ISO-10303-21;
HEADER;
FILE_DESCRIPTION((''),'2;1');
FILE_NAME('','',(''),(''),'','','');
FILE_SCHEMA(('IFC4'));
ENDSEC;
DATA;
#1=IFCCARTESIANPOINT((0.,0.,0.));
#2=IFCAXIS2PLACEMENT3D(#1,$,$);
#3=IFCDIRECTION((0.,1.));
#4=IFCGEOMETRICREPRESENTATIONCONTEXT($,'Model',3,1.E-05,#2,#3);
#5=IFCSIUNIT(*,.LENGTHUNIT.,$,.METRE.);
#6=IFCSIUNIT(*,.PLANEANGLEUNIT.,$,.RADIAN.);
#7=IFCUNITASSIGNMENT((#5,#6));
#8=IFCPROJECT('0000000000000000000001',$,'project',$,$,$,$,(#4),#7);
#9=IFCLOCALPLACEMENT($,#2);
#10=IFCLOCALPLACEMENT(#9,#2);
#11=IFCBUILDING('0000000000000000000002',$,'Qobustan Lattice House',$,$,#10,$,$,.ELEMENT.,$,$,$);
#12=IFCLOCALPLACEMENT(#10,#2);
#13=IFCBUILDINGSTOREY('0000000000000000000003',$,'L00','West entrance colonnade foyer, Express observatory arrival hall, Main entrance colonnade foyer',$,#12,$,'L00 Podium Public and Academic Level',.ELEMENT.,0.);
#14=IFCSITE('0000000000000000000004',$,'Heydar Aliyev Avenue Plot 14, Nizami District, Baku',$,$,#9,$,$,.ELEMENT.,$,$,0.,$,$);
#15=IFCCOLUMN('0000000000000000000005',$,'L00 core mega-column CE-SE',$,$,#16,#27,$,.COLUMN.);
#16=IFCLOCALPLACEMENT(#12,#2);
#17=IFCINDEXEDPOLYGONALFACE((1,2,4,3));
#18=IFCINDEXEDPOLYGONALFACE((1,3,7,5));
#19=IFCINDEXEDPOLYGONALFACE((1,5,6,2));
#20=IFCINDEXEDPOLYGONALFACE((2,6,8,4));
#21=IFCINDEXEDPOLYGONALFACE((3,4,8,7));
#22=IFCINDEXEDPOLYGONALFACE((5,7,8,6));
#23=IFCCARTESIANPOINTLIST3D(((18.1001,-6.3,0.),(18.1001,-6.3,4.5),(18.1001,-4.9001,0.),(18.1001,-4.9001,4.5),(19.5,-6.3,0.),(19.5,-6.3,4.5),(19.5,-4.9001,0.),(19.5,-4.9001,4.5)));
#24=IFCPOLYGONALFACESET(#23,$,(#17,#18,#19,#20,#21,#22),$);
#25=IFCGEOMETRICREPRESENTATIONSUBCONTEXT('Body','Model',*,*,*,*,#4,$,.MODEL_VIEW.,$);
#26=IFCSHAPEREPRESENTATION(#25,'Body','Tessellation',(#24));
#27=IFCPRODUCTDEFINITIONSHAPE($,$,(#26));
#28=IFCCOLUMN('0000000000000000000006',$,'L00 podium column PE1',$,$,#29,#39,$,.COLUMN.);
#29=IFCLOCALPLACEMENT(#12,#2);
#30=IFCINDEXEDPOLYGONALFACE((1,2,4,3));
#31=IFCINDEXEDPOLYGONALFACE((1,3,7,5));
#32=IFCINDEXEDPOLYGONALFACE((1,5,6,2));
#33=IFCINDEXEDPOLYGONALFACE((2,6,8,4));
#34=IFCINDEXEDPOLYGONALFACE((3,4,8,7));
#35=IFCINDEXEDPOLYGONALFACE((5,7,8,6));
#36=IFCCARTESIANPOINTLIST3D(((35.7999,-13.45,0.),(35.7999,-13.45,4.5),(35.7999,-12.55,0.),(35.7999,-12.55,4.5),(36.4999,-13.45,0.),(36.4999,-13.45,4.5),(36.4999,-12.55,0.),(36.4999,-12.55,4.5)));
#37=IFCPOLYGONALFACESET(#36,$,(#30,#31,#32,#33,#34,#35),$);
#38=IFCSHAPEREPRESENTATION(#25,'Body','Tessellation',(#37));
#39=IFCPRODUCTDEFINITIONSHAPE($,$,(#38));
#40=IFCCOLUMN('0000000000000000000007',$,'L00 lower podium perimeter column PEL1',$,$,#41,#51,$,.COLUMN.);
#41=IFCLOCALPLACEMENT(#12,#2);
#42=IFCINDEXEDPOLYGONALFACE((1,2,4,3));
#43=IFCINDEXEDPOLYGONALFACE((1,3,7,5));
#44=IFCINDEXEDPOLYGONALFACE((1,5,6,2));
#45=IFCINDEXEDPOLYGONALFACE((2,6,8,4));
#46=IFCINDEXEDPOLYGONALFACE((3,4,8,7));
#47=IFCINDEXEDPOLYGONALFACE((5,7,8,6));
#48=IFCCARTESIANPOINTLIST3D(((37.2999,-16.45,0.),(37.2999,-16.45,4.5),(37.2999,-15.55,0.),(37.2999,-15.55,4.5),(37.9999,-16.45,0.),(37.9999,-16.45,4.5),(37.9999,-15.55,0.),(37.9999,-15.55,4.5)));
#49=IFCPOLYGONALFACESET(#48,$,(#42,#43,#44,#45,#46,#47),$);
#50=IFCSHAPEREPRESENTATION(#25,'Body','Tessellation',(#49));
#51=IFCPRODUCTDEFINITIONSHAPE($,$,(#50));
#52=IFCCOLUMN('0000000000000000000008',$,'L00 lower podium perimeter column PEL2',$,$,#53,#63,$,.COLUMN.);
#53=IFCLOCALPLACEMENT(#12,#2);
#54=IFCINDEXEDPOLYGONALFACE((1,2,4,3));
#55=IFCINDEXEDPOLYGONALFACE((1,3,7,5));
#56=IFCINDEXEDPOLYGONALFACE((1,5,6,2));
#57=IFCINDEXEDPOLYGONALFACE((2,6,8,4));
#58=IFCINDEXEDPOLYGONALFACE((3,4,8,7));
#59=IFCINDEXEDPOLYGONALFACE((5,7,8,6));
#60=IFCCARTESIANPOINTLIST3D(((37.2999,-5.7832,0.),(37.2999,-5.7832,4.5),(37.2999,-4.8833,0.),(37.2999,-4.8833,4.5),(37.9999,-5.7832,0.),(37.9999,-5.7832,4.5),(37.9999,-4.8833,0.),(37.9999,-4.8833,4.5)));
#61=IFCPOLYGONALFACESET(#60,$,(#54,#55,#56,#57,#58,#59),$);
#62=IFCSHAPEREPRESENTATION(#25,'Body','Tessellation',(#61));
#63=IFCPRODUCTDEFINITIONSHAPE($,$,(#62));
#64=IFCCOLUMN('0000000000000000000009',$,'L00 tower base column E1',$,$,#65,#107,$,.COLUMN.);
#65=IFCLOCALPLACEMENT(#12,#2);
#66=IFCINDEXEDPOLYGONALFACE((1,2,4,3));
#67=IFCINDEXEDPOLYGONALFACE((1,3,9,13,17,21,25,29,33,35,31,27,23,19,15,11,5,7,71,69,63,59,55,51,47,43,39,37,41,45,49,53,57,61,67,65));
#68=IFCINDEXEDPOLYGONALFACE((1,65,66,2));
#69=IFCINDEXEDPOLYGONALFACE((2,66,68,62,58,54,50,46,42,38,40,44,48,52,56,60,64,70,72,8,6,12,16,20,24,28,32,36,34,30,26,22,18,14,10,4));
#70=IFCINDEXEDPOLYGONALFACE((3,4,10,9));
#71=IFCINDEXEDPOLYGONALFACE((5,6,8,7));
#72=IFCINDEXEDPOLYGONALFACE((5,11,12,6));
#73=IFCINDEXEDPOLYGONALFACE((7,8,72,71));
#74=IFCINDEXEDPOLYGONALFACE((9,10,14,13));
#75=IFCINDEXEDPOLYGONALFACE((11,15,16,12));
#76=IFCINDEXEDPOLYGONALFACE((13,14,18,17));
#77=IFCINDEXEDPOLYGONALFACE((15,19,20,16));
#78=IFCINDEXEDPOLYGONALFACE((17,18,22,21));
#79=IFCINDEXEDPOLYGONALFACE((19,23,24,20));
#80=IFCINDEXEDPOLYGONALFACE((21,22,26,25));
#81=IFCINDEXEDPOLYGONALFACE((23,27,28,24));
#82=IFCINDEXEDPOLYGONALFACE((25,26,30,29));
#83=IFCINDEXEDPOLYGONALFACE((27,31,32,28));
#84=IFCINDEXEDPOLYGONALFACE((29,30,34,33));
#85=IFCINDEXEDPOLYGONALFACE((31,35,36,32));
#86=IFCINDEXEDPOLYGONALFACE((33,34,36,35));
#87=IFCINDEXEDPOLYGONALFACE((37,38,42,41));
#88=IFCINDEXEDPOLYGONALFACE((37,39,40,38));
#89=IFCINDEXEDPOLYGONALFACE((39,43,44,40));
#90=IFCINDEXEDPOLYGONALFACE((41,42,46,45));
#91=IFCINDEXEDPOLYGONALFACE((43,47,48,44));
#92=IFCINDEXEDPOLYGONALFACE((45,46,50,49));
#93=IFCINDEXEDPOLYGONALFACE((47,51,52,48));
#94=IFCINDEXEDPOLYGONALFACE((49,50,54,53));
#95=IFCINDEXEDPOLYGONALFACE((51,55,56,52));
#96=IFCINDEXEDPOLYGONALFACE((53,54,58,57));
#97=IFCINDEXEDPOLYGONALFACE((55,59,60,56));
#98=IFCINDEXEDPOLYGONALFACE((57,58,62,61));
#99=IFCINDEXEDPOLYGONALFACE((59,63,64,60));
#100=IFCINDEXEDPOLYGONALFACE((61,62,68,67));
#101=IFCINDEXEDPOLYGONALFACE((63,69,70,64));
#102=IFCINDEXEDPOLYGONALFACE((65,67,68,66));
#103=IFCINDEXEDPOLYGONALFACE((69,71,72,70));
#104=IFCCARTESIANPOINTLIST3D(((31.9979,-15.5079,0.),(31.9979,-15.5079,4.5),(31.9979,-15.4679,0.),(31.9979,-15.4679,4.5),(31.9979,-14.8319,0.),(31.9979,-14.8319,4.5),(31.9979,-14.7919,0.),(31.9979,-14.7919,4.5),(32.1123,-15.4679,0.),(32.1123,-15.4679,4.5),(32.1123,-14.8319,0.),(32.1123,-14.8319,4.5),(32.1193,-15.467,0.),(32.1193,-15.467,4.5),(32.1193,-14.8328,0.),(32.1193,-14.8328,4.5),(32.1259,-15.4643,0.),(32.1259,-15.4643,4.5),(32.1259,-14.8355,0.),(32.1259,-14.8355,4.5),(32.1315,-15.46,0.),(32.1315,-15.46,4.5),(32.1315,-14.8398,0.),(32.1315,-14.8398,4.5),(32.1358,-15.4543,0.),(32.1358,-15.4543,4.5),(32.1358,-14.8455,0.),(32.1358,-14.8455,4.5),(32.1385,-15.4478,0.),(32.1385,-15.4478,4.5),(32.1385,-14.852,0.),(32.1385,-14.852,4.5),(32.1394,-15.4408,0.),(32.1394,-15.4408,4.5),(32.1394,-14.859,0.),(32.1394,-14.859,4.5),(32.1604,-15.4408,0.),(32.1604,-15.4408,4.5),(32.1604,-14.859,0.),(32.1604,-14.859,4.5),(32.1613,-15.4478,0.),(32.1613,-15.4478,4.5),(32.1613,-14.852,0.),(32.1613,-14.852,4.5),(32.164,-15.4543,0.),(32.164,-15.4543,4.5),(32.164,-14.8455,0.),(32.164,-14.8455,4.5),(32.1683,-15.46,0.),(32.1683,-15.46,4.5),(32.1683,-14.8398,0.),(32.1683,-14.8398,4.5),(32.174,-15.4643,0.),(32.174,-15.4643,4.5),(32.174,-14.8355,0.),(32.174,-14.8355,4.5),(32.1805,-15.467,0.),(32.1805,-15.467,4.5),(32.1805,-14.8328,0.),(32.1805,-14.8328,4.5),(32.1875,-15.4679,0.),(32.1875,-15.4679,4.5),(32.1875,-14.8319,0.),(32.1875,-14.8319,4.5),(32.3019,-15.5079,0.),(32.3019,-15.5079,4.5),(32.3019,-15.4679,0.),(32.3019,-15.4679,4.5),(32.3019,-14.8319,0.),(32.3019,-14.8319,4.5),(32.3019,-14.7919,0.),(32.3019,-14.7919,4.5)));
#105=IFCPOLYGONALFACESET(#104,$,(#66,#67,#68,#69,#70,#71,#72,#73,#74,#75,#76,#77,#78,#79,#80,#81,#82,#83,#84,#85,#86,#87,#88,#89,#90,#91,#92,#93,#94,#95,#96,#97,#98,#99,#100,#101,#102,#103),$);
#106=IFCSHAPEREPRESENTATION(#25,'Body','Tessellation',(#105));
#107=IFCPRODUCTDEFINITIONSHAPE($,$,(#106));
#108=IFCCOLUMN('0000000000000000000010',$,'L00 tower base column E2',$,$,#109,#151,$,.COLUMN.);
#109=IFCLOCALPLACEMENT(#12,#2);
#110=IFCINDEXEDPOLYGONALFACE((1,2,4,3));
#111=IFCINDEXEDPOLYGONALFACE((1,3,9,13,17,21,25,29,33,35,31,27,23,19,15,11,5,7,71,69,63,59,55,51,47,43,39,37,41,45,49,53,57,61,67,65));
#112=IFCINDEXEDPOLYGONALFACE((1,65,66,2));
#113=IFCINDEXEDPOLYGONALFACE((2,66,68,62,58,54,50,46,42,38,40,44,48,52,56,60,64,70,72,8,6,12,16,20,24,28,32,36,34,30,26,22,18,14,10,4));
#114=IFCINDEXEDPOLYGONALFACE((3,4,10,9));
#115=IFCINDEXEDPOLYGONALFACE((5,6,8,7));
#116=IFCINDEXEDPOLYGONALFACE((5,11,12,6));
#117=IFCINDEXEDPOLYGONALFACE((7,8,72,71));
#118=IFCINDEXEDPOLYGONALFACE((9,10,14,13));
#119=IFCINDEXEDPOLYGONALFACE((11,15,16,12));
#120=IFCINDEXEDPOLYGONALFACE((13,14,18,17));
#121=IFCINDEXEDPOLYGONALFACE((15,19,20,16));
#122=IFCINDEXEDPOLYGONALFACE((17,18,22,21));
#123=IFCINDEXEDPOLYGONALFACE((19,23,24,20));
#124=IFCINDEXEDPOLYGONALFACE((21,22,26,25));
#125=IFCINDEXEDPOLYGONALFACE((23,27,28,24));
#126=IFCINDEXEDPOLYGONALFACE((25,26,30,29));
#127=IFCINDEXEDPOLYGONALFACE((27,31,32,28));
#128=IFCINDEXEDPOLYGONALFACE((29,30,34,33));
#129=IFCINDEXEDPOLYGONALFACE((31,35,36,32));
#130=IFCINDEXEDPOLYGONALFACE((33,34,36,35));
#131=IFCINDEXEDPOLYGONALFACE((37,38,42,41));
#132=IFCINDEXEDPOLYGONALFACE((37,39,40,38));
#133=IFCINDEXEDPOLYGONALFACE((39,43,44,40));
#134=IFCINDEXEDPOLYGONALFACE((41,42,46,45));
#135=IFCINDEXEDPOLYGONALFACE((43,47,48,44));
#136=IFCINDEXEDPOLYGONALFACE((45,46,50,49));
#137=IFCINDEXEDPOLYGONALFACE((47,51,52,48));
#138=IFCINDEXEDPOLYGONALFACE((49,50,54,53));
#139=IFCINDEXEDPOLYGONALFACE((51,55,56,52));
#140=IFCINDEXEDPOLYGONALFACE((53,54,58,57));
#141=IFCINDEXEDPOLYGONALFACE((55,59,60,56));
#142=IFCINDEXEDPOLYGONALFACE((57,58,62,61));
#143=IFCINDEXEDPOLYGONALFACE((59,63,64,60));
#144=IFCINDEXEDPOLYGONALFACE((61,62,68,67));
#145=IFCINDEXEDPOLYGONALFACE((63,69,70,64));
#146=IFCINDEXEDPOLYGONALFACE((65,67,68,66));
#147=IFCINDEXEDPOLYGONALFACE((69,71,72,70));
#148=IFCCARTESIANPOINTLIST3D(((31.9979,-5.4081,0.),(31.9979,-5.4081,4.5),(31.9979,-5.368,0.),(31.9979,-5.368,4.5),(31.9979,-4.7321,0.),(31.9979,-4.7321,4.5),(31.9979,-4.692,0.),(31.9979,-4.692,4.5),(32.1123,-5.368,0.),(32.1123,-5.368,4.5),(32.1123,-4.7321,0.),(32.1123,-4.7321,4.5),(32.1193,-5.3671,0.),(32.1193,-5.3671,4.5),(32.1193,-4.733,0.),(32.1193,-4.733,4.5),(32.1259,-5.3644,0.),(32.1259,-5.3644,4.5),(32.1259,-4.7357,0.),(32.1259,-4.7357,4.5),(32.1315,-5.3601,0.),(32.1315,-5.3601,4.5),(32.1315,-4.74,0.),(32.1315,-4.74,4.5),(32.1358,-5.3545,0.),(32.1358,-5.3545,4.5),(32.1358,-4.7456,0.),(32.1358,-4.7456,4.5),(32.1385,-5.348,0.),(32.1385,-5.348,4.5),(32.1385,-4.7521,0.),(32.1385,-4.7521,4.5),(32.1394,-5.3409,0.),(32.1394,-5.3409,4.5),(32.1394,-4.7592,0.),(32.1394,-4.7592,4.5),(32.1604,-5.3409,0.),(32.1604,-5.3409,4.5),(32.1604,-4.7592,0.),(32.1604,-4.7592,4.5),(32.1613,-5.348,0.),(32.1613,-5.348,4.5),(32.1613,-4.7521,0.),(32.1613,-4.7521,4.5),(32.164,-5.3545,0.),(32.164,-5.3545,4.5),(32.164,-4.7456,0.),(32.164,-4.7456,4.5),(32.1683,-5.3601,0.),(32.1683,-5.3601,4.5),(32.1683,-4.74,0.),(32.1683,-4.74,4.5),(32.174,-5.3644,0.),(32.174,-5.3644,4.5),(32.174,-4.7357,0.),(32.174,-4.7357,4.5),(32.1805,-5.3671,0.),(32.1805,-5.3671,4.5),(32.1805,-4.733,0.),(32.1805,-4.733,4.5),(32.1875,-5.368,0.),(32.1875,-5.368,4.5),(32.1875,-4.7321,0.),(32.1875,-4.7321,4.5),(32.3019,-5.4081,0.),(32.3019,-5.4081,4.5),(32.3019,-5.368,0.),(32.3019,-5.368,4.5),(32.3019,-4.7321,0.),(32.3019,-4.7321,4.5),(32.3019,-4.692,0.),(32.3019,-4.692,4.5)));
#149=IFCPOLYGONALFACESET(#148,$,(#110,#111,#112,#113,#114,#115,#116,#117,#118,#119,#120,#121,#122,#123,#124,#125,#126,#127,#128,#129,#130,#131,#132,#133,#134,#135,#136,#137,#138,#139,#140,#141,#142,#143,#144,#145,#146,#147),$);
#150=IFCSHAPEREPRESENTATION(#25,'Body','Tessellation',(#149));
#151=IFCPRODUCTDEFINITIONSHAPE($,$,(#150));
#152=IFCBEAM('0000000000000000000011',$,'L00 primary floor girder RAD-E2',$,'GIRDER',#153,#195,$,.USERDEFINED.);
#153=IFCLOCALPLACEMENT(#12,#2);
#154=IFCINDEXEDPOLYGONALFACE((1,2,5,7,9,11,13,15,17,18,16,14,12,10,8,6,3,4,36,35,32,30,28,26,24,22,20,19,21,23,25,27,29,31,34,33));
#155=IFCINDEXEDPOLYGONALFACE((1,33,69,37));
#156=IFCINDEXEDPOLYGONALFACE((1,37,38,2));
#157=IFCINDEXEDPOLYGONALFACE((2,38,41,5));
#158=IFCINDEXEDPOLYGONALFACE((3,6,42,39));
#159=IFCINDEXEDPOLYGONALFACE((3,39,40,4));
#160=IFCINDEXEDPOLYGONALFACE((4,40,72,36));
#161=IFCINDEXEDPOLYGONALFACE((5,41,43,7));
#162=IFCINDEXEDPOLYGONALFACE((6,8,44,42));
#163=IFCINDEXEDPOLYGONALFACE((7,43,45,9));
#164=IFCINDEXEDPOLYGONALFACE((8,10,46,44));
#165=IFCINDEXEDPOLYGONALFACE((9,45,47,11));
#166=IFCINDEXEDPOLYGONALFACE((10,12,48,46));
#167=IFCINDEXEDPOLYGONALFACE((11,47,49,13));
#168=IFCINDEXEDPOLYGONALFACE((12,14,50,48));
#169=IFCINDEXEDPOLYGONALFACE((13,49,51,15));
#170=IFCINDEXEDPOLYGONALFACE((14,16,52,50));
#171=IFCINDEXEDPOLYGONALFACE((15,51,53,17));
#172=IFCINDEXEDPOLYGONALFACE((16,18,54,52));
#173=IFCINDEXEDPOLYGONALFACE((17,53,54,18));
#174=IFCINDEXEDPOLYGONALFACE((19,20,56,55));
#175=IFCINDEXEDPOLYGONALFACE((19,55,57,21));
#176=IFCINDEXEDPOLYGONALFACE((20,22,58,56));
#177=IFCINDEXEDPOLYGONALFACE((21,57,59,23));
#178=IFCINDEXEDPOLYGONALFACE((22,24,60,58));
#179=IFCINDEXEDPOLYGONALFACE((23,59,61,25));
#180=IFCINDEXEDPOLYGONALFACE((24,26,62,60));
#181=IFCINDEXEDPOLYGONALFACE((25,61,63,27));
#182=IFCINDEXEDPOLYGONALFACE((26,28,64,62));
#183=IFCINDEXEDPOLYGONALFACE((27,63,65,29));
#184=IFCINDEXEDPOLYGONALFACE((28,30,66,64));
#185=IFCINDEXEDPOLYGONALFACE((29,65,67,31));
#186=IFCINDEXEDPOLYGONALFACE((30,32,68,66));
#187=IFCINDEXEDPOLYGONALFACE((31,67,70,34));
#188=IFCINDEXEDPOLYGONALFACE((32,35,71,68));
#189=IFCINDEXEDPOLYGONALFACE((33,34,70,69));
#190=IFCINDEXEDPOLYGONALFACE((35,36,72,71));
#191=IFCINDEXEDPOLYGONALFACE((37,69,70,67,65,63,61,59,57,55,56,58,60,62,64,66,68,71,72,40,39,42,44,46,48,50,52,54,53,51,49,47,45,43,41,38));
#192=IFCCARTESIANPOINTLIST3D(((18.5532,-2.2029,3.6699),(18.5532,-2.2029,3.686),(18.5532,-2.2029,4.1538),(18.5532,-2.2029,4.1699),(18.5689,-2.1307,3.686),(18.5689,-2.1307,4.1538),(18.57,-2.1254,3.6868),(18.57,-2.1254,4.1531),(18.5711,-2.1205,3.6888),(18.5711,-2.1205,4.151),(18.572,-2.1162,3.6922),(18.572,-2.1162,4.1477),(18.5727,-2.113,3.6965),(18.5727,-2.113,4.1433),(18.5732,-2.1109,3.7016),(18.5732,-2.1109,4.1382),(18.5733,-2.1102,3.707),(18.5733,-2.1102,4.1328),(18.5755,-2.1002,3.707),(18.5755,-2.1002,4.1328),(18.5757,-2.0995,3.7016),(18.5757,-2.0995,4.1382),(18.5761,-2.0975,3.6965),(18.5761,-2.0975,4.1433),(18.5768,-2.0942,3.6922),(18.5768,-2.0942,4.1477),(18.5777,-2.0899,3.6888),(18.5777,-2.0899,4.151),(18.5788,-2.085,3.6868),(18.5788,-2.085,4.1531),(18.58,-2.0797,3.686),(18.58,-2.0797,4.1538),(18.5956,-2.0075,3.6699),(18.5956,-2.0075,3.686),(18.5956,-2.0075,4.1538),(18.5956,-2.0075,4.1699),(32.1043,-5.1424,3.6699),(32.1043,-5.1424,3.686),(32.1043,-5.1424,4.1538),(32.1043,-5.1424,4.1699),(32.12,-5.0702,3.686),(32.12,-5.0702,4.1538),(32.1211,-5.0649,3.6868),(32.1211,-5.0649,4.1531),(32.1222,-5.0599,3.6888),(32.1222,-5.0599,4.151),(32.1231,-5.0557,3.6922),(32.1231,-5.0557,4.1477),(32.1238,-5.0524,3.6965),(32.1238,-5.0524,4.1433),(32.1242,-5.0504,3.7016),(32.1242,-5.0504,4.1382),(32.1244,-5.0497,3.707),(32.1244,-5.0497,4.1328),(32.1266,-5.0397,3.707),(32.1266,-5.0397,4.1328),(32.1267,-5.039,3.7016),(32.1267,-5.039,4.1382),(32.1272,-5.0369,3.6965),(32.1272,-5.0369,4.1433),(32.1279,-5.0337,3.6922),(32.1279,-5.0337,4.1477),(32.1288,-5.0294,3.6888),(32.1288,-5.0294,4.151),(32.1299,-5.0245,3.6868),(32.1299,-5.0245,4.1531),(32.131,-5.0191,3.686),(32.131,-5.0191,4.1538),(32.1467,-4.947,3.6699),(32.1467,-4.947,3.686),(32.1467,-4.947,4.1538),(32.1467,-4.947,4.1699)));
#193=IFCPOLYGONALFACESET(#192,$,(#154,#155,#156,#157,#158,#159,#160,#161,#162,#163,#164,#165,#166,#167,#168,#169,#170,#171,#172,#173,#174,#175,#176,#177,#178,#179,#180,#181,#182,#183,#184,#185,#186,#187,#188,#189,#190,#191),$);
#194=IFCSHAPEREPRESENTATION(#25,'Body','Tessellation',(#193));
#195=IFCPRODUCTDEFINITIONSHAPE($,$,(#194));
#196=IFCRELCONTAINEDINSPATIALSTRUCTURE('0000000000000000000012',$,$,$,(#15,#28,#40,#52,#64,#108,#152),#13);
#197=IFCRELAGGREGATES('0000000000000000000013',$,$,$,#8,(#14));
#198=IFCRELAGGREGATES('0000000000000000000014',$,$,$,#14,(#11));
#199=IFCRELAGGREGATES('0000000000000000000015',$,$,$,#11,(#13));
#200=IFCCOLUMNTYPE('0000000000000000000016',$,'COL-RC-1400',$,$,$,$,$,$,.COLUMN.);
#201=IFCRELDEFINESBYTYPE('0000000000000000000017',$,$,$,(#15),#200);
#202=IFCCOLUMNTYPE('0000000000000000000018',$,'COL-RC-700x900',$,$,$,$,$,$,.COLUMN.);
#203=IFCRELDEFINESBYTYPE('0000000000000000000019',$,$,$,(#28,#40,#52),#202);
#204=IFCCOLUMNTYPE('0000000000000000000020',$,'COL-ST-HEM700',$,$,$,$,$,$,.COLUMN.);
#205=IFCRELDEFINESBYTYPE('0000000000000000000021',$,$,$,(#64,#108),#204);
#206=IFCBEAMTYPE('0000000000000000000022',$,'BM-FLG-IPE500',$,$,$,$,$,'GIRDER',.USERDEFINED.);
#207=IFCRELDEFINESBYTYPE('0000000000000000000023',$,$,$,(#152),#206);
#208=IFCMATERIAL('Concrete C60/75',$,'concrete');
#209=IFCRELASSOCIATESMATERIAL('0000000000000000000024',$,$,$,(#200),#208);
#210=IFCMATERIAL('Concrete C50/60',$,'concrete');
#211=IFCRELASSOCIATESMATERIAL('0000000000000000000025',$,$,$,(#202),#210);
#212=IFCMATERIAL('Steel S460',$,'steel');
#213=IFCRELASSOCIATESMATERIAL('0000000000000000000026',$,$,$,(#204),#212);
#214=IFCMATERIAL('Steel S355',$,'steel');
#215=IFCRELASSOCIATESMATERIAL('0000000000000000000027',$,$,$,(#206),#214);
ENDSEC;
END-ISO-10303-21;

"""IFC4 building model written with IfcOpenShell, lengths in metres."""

from ifc_helpers import new_model, si_unit, direction, frame, origin, origin_2d, place, context, subcontext, project, spatial, rectangle, i_section, extrude, material, material_profile, profile_set, type_object, element, save


model = new_model("IFC4")

# Units and contexts
model_context = context("Model", 3, precision=1e-05, world=origin(), true_north=direction((0.0, 1.0)))
body_context = subcontext(model_context, "Body", "Model", "MODEL_VIEW")
ifc_project = project(units=[si_unit("LENGTHUNIT", "METRE"), si_unit("PLANEANGLEUNIT", "RADIAN")], contexts=[model_context])

# Site, building, storey
site_placement = place(None, origin())
site = spatial("IfcSite", under=ifc_project, at=site_placement, Name="Heydar Aliyev Avenue Plot 14, Nizami District, Baku", CompositionType="ELEMENT", RefElevation=0.0)
building_placement = place(site_placement, origin())
building = spatial("IfcBuilding", under=site, at=building_placement, Name="Qobustan Lattice House", CompositionType="ELEMENT")
storey_placement = place(building_placement, origin())
storey = spatial("IfcBuildingStorey", under=building, at=storey_placement, Name="L00", Description="West entrance colonnade foyer, Express observatory arrival hall, Main entrance colonnade foyer", LongName="L00 Podium Public and Academic Level", CompositionType="ELEMENT", Elevation=0.0)

# Columns
ifc_material_1 = material(Name="Concrete C60/75", Category="concrete")
ifc_material_profile_1 = material_profile(ifc_material_1, rectangle(XDim=1.3999, YDim=1.3999, at=origin_2d()), Name="RC1400x1400")
ifc_profile_set_1 = profile_set([ifc_material_profile_1], Name="Concrete C60/75")
column_type_1 = type_object("IfcColumnType", Name="COL-RC-1400", PredefinedType="COLUMN", material=ifc_profile_set_1)
column_placement = place(storey_placement, frame((18.8, -5.6001, 0.0), z_axis=(0.0, 0.0, 1.0), x_axis=(1.0, 0.0, 0.0)))
element("IfcColumn", 1, at=column_placement, inside=storey, type_object=column_type_1, Name="L00 core mega-column CE-SE", PredefinedType="COLUMN", context=body_context, shape_type="SweptSolid", body=[
    extrude(rectangle(XDim=1.3999, YDim=1.3999, at=origin_2d()), origin(), (0.0, 0.0, 1.0), 4.5),
])
ifc_material_2 = material(Name="Concrete C50/60", Category="concrete")
ifc_material_profile_2 = material_profile(ifc_material_2, rectangle(XDim=0.7, YDim=0.8999, at=origin_2d()), Name="RC700x900")
ifc_profile_set_2 = profile_set([ifc_material_profile_2], Name="Concrete C50/60")
column_type_2 = type_object("IfcColumnType", Name="COL-RC-700x900", PredefinedType="COLUMN", material=ifc_profile_set_2)
for number, where, z_axis, x_axis, name in (
    (2, (36.1499, -13.0, 0.0), (0.0, 0.0, 1.0), (1.0, 0.0, 0.0), "L00 podium column PE1"),
    (3, (37.6499, -16.0, 0.0), (0.0, 0.0, 1.0), (1.0, 0.0, 0.0), "L00 lower podium perimeter column PEL1"),
    (4, (37.6499, -5.3333, 0.0), (0.0, 0.0, 1.0), (1.0, 0.0, 0.0), "L00 lower podium perimeter column PEL2"),
):
    element("IfcColumn", number, at=place(storey_placement, frame(where, z_axis=z_axis, x_axis=x_axis)), inside=storey, type_object=column_type_2, Name=name, PredefinedType="COLUMN", context=body_context, shape_type="SweptSolid", body=[
        extrude(rectangle(XDim=0.7, YDim=0.8999, at=origin_2d()), origin(), (0.0, 0.0, 1.0), 4.5),
    ])
ifc_material_3 = material(Name="Steel S460", Category="steel")
ifc_material_profile_3 = material_profile(ifc_material_3, i_section(OverallWidth=0.304, OverallDepth=0.7161, WebThickness=0.021, FlangeThickness=0.04, FilletRadius=0.0271, at=origin_2d()), Name="HEM700")
ifc_profile_set_3 = profile_set([ifc_material_profile_3], Name="Steel S460")
column_type_3 = type_object("IfcColumnType", Name="COL-ST-HEM700", PredefinedType="COLUMN", material=ifc_profile_set_3)
for number, where, z_axis, x_axis, name in (
    (5, (32.1499, -15.1499, 0.0), (0.0, 0.0, 1.0), (1.0, 0.0, 0.0), "L00 tower base column E1"),
    (6, (32.1499, -5.05, 0.0), (0.0, 0.0, 1.0), (1.0, 0.0, 0.0), "L00 tower base column E2"),
):
    element("IfcColumn", number, at=place(storey_placement, frame(where, z_axis=z_axis, x_axis=x_axis)), inside=storey, type_object=column_type_3, Name=name, PredefinedType="COLUMN", context=body_context, shape_type="SweptSolid", body=[
        extrude(i_section(OverallWidth=0.304, OverallDepth=0.7161, WebThickness=0.021, FlangeThickness=0.04, FilletRadius=0.0271, at=origin_2d()), origin(), (0.0, 0.0, 1.0), 4.5),
    ])

# Beam
ifc_material_4 = material(Name="Steel S355", Category="steel")
ifc_material_profile_4 = material_profile(ifc_material_4, i_section(OverallWidth=0.2, OverallDepth=0.5, WebThickness=0.0103, FlangeThickness=0.0161, FilletRadius=0.021, at=origin_2d()), Name="IPE500")
ifc_profile_set_4 = profile_set([ifc_material_profile_4], Name="Steel S355")
beam_type_1 = type_object("IfcBeamType", Name="BM-FLG-IPE500", ElementType="GIRDER", PredefinedType="USERDEFINED", material=ifc_profile_set_4)
beam_1_placement = place(storey_placement, frame((32.1255, -5.0447, 3.9199), z_axis=(-0.977272, 0.211987, 0.0), x_axis=(-0.211987, -0.977272, 0.0)))
element("IfcBeam", 7, at=beam_1_placement, inside=storey, type_object=beam_type_1, Name="L00 primary floor girder RAD-E2", ObjectType="GIRDER", PredefinedType="USERDEFINED", context=body_context, shape_type="SweptSolid", body=[
    extrude(i_section(OverallWidth=0.2, OverallDepth=0.5, WebThickness=0.0103, FlangeThickness=0.0161, FilletRadius=0.021, at=origin_2d()), origin(), (0.0, 0.0, 1.0), 13.8662),
])

save(model, "model.ifc")
